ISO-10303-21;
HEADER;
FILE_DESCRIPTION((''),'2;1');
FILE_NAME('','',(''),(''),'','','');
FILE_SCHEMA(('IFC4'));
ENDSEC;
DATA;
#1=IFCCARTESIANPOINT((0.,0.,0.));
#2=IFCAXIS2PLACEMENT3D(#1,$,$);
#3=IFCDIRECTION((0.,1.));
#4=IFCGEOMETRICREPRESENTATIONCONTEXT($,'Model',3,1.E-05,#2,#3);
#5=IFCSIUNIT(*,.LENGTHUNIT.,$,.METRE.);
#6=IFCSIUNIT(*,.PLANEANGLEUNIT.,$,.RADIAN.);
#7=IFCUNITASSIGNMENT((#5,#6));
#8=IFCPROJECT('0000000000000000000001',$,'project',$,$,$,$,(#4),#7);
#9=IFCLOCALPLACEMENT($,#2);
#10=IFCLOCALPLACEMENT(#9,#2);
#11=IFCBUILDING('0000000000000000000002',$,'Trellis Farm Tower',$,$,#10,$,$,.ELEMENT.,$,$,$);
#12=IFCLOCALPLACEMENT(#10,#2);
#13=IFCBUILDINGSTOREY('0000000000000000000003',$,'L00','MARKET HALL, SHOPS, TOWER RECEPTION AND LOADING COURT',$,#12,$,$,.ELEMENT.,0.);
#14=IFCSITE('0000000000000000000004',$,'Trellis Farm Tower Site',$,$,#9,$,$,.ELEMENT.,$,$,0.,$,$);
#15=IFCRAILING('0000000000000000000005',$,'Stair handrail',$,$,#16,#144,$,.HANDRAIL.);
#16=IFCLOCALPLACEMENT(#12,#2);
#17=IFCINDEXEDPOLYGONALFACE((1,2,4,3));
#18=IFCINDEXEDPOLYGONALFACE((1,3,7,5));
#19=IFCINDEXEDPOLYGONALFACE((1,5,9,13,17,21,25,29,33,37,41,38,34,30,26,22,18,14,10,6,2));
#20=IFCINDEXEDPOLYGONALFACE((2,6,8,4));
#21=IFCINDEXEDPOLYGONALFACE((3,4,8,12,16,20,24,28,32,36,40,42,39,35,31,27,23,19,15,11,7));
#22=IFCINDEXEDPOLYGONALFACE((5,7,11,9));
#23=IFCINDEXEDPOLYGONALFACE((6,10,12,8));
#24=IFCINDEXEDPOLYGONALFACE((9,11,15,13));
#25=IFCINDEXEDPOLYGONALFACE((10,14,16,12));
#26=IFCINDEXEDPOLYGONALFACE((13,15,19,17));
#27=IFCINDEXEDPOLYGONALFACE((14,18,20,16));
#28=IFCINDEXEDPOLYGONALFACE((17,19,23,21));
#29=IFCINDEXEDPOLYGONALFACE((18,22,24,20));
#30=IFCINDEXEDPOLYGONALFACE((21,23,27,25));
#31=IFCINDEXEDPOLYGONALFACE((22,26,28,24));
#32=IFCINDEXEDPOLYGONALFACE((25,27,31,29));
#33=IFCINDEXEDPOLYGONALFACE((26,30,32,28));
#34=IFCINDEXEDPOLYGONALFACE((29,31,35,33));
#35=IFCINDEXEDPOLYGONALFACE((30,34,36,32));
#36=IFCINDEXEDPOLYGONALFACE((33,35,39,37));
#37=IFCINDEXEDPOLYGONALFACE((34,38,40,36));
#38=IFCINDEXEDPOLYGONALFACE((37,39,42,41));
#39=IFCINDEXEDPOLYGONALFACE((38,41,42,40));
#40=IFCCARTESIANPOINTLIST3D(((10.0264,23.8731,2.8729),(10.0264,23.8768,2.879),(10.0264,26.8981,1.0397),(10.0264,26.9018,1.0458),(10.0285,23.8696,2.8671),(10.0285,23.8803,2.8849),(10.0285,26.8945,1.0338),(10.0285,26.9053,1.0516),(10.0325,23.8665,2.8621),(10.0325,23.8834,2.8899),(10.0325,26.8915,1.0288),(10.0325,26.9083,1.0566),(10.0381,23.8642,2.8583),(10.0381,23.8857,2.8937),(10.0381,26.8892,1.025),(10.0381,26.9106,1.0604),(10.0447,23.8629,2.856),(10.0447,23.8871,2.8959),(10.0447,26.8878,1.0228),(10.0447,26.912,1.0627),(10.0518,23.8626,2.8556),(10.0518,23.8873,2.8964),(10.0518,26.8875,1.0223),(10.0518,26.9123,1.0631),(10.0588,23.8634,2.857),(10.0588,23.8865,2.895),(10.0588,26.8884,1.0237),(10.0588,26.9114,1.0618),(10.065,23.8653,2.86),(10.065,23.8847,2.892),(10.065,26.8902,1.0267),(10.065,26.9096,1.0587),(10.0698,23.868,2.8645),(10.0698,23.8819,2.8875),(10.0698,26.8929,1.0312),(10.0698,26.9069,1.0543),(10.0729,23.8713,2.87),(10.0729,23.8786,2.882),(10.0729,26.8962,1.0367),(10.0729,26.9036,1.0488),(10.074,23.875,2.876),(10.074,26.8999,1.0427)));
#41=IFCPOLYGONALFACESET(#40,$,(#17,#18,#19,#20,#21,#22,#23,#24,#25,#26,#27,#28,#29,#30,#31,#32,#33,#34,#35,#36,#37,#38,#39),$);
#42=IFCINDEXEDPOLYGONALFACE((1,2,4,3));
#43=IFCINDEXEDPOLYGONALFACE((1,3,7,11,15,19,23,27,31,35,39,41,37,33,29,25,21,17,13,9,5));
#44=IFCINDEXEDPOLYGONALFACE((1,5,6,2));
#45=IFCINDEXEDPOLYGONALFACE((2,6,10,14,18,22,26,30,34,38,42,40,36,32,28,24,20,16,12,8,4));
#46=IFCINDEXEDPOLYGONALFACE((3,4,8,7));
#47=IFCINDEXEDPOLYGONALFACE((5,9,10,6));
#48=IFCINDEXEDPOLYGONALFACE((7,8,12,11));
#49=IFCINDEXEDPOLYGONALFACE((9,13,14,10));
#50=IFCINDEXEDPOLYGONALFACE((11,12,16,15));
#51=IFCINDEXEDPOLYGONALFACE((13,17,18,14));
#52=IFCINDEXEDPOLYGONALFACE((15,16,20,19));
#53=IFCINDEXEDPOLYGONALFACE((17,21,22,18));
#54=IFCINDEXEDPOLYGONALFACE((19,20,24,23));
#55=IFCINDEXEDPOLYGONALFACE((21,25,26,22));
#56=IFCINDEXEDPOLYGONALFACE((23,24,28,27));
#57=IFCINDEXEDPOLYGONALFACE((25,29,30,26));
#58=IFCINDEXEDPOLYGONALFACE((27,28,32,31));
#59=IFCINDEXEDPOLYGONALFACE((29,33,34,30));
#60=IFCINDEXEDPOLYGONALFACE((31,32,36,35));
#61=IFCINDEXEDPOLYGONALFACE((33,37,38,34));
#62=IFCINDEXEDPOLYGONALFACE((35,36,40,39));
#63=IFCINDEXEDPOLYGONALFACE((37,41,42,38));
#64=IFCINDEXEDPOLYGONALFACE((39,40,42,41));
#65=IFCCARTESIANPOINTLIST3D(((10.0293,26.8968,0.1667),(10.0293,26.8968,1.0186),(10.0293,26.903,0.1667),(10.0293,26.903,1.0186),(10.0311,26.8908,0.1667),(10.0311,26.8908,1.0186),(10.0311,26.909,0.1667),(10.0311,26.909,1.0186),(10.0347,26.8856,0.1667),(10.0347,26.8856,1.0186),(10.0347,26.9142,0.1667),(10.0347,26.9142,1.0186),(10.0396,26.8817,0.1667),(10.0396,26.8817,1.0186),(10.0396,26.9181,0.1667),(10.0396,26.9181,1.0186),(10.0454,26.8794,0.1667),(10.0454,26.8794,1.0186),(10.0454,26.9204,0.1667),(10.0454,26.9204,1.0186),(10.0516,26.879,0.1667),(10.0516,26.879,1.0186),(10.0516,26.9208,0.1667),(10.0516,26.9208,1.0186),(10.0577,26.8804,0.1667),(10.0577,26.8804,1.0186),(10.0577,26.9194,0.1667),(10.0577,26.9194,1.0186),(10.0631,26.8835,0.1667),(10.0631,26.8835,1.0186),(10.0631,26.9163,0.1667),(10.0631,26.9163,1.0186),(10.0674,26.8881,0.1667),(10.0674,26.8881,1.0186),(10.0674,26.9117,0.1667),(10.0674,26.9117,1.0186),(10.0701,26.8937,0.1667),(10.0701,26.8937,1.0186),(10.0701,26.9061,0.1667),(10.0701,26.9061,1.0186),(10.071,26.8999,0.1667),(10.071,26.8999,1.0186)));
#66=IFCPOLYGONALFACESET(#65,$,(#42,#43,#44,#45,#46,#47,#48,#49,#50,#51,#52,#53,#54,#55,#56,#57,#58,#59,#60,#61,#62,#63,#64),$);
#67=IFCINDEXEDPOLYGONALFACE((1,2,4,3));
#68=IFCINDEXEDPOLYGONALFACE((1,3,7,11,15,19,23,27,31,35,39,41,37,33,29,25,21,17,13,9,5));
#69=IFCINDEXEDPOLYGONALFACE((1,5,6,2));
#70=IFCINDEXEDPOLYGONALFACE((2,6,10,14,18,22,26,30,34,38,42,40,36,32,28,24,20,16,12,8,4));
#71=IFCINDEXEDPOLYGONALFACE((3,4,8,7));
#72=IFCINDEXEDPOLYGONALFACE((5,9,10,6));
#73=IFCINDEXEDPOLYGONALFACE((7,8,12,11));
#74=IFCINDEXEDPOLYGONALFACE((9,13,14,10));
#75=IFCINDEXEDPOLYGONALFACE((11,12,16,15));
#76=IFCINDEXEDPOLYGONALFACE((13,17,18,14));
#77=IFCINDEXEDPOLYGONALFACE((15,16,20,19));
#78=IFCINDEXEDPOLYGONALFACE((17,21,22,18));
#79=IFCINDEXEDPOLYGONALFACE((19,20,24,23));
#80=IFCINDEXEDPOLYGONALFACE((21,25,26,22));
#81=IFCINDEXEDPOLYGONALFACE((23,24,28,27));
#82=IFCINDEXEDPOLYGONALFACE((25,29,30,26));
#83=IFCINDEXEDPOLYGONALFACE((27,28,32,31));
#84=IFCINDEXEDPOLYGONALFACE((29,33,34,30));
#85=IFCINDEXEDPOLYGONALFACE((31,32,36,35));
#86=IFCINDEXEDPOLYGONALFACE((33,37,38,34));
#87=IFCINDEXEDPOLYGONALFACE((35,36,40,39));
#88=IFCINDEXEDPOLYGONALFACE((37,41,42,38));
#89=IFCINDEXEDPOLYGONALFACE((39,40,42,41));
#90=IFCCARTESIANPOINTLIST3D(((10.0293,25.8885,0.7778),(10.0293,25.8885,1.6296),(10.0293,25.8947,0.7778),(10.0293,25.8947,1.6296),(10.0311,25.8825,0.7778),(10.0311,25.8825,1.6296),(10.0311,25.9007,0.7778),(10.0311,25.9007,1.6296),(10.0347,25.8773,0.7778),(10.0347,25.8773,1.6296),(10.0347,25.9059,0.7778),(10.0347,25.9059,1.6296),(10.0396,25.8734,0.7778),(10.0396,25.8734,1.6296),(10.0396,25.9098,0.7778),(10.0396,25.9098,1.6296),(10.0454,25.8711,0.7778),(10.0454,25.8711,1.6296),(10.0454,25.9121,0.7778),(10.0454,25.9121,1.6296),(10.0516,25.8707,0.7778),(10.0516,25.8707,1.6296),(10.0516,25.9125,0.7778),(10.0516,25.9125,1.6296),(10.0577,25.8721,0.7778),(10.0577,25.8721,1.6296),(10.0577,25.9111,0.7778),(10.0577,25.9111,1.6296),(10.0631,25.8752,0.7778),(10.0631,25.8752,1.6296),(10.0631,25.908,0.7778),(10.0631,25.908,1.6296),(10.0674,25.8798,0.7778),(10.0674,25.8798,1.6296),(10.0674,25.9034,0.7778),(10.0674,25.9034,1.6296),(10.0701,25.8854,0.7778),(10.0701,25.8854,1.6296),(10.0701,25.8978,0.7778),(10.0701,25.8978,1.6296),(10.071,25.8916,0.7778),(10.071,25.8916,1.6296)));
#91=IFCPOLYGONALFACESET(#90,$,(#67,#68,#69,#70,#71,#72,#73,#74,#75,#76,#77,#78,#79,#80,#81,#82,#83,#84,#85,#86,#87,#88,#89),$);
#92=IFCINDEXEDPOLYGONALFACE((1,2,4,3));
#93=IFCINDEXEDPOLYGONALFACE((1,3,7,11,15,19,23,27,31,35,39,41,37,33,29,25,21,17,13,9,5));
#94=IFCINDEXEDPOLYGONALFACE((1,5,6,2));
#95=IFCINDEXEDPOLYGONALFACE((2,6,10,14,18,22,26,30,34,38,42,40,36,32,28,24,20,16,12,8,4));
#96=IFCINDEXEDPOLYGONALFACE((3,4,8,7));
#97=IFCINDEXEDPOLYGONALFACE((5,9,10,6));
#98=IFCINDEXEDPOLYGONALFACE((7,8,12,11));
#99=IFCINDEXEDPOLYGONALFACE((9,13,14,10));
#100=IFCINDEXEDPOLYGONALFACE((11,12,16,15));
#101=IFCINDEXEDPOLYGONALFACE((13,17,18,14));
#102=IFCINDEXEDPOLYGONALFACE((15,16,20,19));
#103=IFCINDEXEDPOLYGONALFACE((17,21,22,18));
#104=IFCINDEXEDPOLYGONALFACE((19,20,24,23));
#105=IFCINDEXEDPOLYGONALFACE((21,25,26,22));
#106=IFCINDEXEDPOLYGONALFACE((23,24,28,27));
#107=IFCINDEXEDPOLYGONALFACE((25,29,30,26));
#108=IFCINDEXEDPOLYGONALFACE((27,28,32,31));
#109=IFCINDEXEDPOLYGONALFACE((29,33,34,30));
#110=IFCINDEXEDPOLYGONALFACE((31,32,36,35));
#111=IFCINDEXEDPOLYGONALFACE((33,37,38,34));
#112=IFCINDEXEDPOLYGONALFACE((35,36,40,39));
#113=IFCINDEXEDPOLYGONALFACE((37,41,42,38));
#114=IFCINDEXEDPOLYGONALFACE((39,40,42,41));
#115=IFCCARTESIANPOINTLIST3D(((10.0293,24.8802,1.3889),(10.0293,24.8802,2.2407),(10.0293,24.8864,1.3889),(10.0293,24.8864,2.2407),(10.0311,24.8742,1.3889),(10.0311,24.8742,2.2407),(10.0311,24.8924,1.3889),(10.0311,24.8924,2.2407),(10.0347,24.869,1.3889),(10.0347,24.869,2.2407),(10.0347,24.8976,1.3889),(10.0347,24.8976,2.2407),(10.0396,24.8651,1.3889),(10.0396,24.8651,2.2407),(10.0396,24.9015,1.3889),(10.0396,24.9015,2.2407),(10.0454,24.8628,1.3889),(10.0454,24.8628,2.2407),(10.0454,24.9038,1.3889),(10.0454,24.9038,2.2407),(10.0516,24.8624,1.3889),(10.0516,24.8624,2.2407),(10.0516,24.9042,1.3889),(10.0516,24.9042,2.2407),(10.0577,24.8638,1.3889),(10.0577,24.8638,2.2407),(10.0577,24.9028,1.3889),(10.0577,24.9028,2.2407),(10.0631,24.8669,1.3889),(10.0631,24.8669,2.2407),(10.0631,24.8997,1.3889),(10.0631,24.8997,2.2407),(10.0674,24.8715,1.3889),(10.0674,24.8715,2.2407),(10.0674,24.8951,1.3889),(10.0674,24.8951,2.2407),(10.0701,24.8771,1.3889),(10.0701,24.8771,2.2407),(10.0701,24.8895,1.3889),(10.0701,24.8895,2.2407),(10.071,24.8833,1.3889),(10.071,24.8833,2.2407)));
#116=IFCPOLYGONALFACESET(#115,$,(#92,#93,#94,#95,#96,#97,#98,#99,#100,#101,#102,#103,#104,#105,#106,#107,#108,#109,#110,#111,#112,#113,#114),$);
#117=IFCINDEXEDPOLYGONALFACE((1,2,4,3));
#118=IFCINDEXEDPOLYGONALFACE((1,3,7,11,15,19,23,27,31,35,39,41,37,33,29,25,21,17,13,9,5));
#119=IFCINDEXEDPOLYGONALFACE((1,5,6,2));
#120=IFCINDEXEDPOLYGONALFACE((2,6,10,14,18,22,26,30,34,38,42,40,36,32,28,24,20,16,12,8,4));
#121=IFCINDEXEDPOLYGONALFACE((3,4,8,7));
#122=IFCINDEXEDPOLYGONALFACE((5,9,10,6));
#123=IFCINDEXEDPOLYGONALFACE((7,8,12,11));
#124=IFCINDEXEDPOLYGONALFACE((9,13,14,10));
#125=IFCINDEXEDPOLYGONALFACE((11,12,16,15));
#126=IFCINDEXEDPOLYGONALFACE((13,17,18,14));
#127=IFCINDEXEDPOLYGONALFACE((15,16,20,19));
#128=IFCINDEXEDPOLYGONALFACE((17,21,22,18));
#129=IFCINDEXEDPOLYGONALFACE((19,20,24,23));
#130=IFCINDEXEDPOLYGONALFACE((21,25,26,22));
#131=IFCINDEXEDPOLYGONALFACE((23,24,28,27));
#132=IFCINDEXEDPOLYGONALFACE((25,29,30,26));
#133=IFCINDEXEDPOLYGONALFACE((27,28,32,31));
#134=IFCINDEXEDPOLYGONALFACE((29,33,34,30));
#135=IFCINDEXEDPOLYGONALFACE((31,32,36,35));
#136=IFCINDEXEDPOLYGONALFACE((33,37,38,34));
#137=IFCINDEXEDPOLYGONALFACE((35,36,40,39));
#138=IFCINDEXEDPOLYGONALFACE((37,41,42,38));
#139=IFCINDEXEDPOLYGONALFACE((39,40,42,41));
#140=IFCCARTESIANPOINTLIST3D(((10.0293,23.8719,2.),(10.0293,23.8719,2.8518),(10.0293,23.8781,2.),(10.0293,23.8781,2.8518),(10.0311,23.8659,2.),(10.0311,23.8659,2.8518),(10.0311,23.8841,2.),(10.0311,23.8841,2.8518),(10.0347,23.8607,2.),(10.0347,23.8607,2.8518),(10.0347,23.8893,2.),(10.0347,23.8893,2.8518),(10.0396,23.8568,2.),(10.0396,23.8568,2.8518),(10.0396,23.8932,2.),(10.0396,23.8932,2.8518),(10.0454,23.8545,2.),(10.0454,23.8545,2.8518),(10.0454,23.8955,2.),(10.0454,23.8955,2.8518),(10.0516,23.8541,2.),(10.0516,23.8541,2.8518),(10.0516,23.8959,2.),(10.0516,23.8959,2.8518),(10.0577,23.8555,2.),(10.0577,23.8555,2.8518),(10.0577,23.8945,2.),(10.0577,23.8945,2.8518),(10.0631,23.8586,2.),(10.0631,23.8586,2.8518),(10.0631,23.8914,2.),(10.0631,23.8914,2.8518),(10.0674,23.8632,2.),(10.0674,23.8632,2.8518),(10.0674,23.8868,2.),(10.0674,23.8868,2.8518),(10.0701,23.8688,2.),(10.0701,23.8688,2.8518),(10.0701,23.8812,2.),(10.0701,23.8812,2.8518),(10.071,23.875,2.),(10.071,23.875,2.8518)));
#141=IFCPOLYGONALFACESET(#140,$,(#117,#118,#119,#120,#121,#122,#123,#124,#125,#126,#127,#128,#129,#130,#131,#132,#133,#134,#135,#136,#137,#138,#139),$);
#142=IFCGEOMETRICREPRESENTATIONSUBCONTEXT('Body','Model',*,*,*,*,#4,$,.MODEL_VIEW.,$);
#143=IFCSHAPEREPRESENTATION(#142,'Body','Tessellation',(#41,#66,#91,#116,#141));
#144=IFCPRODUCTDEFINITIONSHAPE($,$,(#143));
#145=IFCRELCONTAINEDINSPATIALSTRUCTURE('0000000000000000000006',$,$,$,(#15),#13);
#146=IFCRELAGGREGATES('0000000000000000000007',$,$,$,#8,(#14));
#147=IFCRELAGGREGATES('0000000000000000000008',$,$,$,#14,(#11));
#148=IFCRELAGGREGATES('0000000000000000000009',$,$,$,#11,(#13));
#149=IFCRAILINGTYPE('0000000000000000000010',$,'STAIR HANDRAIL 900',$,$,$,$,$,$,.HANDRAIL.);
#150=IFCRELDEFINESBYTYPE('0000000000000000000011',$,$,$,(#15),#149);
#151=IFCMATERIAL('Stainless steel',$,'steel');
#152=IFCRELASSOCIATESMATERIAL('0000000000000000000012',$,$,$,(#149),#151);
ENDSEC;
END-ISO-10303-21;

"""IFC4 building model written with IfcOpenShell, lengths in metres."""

from ifc_helpers import new_model, si_unit, direction, frame, origin, origin_2d, place, context, subcontext, project, spatial, circle, extrude, source, transform, mapped, material, type_object, element, save


model = new_model("IFC4")

# Units and contexts
model_context = context("Model", 3, precision=1e-05, world=origin(), true_north=direction((0.0, 1.0)))
body_context = subcontext(model_context, "Body", "Model", "MODEL_VIEW")
ifc_project = project(units=[si_unit("LENGTHUNIT", "METRE"), si_unit("PLANEANGLEUNIT", "RADIAN")], contexts=[model_context])

# Site, building, storey
site_placement = place(None, origin())
site = spatial("IfcSite", under=ifc_project, at=site_placement, Name="Trellis Farm Tower Site", CompositionType="ELEMENT", RefElevation=0.0)
building_placement = place(site_placement, origin())
building = spatial("IfcBuilding", under=site, at=building_placement, Name="Trellis Farm Tower", CompositionType="ELEMENT")
storey_placement = place(building_placement, origin())
storey = spatial("IfcBuildingStorey", under=building, at=storey_placement, Name="L00", Description="MARKET HALL, SHOPS, TOWER RECEPTION AND LOADING COURT", CompositionType="ELEMENT", Elevation=0.0)

# Railing
ifc_material_1 = material(Name="Stainless steel", Category="steel")
railing_type = type_object("IfcRailingType", Name="STAIR HANDRAIL 900", PredefinedType="HANDRAIL", material=ifc_material_1)
shared_shape_1 = source(origin(), body_context, "Body", "SweptSolid", [
    extrude(circle(Radius=0.0239, at=origin_2d()), frame((0.0, 0.0, 0.876), z_axis=(0.0, -0.855201, 0.518297), x_axis=(1.0, 0.0, 0.0)), (0.0, 0.0, 1.0), 3.5371),
    extrude(circle(Radius=0.021, at=origin_2d()), origin(), (0.0, 0.0, 1.0), 0.8518),
    extrude(circle(Radius=0.021, at=origin_2d()), frame((0.0, -1.0083, 0.6111)), (0.0, 0.0, 1.0), 0.8518),
    extrude(circle(Radius=0.021, at=origin_2d()), frame((0.0, -2.0166, 1.2222)), (0.0, 0.0, 1.0), 0.8518),
    extrude(circle(Radius=0.021, at=origin_2d()), frame((0.0, -3.0249, 1.8333)), (0.0, 0.0, 1.0), 0.8518),
])
for number, where, name in (
    (1, (10.05, 26.8999, 0.1667), "Stair handrail"),
):
    element("IfcRailing", number, at=place(storey_placement, frame(where)), inside=storey, type_object=railing_type, Name=name, PredefinedType="HANDRAIL", context=body_context, shape_type="MappedRepresentation", body=[
        mapped(shared_shape_1, transform((0.0, 0.0, 0.0))),
    ])

save(model, "model.ifc")
